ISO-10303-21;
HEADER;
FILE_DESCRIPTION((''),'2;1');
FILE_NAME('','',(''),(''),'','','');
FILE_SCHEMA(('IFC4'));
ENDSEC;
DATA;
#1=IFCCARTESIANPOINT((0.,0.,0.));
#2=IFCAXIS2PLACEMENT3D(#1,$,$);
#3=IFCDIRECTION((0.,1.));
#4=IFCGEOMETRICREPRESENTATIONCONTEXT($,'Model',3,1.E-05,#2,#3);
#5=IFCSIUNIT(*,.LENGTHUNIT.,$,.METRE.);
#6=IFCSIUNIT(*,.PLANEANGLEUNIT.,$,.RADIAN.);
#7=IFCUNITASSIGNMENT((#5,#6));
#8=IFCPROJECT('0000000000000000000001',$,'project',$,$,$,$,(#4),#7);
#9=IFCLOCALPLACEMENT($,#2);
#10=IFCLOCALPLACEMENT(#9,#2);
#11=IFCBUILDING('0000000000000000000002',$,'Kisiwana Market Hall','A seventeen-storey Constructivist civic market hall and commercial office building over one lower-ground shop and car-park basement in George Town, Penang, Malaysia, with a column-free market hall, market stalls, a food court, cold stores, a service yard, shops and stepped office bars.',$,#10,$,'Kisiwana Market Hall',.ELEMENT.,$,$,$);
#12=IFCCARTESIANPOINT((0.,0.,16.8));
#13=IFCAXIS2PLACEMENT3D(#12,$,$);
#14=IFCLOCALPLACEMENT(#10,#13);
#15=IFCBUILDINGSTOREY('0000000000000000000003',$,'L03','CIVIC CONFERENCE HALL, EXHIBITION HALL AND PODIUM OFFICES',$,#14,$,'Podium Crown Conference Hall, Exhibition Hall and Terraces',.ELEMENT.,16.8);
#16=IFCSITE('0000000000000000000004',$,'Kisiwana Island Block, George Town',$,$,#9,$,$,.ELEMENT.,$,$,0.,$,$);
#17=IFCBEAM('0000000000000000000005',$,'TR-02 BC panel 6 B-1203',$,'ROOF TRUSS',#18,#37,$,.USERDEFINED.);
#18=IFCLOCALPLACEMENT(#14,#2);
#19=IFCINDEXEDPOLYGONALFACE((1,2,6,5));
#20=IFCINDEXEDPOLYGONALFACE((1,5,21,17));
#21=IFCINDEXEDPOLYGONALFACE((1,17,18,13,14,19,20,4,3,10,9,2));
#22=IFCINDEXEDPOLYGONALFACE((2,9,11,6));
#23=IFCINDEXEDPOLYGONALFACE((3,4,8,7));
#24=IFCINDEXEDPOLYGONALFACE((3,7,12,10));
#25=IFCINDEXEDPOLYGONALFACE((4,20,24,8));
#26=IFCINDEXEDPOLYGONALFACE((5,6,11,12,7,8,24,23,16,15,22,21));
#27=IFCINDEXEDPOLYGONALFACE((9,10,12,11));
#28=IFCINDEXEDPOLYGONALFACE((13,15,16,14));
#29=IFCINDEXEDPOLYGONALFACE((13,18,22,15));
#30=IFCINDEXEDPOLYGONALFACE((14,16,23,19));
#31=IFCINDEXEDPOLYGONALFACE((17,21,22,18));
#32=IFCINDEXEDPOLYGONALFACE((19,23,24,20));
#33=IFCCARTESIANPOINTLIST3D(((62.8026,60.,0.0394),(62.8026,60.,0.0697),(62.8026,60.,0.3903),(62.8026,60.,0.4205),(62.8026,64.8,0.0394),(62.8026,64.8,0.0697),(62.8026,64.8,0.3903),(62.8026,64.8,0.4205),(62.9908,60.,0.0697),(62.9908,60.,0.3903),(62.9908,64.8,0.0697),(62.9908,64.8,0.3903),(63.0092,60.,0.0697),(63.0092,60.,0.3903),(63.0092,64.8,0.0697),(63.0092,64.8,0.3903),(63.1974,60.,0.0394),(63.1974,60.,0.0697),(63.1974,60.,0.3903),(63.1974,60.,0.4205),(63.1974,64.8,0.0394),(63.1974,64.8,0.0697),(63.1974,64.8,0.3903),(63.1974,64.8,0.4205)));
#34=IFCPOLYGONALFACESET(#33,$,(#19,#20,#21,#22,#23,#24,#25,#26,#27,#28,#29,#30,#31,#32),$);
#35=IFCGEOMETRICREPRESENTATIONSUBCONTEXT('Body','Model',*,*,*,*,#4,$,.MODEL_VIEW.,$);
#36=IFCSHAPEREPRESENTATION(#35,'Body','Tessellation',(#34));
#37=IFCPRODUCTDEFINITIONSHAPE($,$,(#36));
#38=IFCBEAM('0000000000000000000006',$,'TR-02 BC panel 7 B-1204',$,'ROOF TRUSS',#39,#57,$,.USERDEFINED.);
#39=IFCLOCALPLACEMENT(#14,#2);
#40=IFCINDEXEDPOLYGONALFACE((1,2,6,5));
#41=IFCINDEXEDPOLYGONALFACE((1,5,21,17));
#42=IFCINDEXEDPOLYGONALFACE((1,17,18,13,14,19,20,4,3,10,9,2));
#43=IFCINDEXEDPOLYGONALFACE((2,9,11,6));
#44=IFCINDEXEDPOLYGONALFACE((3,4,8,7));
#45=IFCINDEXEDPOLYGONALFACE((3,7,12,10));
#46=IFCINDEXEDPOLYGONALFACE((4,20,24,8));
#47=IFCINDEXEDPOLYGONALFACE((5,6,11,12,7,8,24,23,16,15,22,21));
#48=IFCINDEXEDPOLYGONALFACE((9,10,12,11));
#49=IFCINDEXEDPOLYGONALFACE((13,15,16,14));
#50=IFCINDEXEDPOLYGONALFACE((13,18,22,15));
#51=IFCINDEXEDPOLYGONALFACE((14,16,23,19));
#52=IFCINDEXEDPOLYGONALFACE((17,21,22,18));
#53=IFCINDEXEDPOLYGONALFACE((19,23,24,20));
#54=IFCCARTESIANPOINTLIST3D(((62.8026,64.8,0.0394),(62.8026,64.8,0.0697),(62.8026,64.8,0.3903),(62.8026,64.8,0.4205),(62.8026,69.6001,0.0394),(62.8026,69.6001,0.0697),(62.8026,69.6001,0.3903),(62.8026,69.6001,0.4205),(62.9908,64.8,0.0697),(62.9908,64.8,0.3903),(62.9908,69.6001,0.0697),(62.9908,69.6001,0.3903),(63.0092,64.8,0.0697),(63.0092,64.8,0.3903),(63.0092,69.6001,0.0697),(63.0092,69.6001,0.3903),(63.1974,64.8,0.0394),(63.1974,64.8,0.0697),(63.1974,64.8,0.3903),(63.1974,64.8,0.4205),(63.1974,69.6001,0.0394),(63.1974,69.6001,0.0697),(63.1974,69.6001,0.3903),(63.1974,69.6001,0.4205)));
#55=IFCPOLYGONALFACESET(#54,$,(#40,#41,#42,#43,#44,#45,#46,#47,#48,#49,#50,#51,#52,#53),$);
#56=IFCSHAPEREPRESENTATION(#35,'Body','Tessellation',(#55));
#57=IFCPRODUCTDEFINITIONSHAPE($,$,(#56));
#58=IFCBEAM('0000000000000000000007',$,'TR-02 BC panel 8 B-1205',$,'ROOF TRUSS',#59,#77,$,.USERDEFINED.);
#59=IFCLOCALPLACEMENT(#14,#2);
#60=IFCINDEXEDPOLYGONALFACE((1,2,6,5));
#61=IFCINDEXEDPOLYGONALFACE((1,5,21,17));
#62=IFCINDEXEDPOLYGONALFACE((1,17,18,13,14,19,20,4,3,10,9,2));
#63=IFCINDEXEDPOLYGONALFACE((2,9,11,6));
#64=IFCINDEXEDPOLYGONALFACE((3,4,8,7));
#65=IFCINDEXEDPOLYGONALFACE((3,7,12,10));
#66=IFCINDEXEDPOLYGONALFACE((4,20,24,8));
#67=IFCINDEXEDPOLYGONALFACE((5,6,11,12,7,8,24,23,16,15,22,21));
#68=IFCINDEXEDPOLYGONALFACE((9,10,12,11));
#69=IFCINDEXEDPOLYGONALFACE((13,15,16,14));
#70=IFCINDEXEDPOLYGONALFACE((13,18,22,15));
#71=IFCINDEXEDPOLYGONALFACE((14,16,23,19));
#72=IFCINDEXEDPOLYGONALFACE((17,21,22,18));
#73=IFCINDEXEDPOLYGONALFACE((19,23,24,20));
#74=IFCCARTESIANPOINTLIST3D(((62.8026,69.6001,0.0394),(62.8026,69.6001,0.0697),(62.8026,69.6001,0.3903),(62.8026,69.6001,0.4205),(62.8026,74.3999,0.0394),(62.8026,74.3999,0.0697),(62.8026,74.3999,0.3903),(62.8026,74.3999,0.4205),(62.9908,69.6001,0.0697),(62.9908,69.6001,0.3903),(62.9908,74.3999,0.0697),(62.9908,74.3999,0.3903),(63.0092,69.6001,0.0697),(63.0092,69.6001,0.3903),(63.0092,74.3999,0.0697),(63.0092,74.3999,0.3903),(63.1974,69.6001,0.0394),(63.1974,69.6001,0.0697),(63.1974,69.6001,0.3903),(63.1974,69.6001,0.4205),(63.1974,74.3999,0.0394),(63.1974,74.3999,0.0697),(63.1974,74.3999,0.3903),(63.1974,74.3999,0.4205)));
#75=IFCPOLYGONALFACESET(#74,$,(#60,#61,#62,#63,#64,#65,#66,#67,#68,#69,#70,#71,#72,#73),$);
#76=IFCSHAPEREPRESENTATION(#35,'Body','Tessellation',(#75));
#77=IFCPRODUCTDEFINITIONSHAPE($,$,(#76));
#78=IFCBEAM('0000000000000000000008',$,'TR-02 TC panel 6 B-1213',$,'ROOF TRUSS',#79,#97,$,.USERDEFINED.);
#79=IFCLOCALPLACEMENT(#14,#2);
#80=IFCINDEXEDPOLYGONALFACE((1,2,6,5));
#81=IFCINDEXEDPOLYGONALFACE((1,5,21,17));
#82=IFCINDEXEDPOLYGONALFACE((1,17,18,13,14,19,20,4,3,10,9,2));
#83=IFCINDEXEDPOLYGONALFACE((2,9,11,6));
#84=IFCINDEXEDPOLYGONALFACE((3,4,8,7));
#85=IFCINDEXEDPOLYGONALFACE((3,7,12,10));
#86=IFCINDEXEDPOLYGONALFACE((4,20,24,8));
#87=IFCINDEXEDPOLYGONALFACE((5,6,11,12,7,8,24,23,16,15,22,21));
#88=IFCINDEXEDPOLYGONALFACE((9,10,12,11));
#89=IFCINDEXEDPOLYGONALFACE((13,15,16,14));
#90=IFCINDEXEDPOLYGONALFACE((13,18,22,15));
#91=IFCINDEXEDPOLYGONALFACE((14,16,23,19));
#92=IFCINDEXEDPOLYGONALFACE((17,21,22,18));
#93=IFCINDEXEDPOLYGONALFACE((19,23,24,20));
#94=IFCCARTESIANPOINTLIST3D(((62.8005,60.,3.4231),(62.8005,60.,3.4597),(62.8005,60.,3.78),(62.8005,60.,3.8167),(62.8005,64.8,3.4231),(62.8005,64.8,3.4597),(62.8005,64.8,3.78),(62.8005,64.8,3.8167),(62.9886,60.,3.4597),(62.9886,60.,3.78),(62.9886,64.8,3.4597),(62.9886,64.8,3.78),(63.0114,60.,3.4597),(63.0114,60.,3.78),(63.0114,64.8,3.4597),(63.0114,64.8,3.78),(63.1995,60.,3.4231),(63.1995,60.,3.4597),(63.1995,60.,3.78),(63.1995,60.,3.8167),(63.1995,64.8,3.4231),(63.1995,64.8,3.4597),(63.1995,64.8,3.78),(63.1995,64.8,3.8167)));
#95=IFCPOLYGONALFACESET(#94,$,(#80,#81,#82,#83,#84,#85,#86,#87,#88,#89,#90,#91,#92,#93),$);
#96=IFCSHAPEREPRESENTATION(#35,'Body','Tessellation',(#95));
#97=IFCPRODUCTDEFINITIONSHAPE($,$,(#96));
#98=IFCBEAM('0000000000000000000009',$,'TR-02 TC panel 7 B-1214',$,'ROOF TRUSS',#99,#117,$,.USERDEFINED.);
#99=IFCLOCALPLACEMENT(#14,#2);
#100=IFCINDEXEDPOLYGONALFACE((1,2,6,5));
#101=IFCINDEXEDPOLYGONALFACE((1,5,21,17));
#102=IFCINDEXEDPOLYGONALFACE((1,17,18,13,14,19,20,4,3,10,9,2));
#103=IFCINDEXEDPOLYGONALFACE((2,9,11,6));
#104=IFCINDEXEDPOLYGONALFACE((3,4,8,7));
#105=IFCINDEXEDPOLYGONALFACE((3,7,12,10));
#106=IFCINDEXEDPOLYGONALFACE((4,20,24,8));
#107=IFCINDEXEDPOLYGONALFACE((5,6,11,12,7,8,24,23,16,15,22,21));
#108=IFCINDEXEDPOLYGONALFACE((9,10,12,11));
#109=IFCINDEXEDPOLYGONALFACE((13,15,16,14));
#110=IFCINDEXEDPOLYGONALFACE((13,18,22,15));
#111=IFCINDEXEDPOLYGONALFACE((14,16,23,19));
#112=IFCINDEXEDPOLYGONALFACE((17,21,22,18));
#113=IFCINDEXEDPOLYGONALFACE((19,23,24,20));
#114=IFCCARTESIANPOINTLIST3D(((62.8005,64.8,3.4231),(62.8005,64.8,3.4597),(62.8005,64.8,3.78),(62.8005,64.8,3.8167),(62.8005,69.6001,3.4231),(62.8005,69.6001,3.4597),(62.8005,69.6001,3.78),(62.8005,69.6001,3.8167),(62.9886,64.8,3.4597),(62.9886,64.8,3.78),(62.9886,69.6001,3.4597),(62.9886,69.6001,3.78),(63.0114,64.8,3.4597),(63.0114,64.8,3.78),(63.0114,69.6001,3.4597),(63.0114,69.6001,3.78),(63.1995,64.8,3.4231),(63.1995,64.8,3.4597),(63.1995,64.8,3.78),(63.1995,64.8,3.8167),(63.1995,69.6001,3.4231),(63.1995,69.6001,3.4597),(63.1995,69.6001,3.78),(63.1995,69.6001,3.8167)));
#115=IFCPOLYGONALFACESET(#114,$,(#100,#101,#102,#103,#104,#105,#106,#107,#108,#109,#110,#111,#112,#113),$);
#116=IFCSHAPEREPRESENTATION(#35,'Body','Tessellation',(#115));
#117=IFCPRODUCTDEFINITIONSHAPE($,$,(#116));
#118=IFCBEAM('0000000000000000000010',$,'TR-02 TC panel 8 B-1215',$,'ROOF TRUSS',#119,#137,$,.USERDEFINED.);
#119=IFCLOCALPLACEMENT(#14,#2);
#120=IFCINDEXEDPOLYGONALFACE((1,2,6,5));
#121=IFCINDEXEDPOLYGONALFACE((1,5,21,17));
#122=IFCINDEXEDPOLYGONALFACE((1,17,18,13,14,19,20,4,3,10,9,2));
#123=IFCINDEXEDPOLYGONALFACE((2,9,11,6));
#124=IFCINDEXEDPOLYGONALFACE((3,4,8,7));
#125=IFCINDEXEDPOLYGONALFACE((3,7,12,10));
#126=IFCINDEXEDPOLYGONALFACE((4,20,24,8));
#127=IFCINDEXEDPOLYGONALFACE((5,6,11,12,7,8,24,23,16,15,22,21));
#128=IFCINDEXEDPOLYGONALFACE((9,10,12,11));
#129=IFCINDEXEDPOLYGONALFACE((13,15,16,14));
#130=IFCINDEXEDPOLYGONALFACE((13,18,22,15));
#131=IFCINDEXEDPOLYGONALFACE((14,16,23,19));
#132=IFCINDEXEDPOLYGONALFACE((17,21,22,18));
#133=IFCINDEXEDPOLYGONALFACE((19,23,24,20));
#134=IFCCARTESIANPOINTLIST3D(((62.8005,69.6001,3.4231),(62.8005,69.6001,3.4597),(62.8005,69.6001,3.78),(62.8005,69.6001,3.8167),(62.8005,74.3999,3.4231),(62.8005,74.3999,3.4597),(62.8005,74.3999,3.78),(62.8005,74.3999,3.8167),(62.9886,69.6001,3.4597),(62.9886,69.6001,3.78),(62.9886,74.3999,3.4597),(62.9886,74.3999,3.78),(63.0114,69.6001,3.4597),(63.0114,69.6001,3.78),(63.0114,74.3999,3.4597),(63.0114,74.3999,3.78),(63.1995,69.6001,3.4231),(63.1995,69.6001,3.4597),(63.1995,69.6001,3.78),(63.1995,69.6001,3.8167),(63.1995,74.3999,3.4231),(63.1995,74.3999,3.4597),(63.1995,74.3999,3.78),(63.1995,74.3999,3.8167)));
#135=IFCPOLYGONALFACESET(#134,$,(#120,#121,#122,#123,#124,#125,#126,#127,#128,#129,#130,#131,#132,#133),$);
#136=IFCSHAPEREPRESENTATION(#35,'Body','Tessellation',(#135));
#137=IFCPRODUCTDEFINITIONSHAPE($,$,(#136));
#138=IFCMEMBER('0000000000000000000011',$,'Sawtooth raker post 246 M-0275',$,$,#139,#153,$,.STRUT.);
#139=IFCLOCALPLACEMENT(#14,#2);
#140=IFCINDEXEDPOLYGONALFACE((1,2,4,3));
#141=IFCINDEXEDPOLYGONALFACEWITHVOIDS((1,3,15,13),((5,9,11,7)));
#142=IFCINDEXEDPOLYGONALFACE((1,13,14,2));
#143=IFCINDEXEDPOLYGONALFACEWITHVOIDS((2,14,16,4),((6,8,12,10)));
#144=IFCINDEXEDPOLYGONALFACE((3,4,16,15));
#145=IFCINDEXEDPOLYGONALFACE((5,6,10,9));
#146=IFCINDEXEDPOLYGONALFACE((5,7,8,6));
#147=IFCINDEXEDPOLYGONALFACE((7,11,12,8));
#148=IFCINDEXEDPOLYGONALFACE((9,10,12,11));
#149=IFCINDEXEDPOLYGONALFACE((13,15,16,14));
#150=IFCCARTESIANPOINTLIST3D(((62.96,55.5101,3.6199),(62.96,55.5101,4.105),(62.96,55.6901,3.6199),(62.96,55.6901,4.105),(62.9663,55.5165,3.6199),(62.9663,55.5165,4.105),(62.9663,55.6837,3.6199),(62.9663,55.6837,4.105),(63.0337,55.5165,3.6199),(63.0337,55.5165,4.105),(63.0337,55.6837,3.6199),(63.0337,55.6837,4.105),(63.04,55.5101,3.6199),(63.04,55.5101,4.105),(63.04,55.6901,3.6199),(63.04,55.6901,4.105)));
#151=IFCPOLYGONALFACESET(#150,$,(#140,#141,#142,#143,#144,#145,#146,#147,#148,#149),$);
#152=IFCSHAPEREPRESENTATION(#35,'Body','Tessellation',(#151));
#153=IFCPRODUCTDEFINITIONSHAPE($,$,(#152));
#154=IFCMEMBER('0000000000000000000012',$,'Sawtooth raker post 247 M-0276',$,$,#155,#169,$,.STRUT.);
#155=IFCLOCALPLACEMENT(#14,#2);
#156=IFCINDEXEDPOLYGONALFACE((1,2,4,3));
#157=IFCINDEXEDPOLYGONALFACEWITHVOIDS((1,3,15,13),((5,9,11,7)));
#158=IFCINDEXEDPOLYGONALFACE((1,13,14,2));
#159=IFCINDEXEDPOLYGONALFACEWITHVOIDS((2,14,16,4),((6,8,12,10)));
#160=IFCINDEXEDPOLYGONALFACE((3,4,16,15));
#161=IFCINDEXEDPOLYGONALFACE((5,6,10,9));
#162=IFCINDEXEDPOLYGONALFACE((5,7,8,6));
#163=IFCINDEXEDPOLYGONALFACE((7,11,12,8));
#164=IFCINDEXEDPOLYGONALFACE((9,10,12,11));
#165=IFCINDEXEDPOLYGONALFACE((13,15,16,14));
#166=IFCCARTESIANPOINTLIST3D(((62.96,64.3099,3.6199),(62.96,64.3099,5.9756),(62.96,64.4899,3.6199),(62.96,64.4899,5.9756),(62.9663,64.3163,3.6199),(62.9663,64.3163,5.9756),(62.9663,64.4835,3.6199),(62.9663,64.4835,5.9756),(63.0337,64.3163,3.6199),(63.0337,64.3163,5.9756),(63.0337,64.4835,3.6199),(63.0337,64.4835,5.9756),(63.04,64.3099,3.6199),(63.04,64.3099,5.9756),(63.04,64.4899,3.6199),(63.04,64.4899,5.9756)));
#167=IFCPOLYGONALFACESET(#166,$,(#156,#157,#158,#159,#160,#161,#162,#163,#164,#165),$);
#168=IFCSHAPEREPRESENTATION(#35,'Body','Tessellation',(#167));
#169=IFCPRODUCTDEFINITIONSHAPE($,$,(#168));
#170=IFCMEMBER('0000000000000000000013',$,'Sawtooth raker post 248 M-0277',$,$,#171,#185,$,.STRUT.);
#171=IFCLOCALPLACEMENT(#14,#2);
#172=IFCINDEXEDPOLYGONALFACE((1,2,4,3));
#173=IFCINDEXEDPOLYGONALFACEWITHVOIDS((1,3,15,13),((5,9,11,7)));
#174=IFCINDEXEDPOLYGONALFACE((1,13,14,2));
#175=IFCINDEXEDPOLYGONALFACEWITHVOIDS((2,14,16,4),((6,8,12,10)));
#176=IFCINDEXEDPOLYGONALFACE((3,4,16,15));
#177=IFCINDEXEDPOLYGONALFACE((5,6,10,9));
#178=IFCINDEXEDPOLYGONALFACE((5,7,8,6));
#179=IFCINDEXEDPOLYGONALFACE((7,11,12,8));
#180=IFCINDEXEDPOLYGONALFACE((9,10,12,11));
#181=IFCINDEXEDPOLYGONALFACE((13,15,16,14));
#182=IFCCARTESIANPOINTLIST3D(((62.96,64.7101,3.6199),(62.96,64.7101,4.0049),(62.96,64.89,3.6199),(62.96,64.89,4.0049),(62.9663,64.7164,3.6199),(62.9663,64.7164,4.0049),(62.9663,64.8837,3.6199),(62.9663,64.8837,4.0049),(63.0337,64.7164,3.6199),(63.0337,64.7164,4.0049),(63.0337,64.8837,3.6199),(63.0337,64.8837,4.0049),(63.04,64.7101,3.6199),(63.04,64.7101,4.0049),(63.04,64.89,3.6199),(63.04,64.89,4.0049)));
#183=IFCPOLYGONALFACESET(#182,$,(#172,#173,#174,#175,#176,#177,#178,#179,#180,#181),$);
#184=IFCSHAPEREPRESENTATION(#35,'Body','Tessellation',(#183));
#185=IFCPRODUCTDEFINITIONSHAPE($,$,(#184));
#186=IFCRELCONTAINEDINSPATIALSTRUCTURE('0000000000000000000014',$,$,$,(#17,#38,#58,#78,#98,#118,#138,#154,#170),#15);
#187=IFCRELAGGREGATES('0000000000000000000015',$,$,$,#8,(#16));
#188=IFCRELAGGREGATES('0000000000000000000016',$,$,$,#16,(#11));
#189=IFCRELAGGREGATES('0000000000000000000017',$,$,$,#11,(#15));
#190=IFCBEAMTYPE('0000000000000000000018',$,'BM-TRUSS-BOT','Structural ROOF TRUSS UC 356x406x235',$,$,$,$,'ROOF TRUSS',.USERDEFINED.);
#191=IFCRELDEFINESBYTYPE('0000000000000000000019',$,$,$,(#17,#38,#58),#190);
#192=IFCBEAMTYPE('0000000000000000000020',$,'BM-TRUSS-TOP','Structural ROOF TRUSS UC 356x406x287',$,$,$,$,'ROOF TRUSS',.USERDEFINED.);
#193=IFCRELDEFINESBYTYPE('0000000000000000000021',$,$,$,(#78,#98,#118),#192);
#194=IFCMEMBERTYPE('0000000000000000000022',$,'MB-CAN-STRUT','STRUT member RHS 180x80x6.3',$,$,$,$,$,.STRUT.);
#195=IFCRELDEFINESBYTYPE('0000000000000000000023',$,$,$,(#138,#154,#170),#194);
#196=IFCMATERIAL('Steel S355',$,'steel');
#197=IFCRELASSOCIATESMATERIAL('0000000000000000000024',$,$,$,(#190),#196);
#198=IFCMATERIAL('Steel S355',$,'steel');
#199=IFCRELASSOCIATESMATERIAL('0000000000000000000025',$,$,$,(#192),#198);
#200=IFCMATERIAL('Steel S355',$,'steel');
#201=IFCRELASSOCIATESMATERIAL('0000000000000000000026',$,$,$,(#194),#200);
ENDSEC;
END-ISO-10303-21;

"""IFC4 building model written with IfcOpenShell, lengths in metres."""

from ifc_helpers import new_model, si_unit, direction, frame, origin, origin_2d, place, context, subcontext, project, spatial, hollow_rectangle, i_section, extrude, material, material_profile, profile_set, type_object, element, save


model = new_model("IFC4")

# Units and contexts
model_context = context("Model", 3, precision=1e-05, world=origin(), true_north=direction((0.0, 1.0)))
body_context = subcontext(model_context, "Body", "Model", "MODEL_VIEW")
ifc_project = project(units=[si_unit("LENGTHUNIT", "METRE"), si_unit("PLANEANGLEUNIT", "RADIAN")], contexts=[model_context])

# Site, building, storey
site_placement = place(None, origin())
site = spatial("IfcSite", under=ifc_project, at=site_placement, Name="Kisiwana Island Block, George Town", CompositionType="ELEMENT", RefElevation=0.0)
building_placement = place(site_placement, origin())
building = spatial("IfcBuilding", under=site, at=building_placement, Name="Kisiwana Market Hall", Description="A seventeen-storey Constructivist civic market hall and commercial office building over one lower-ground shop and car-park basement in George Town, Penang, Malaysia, with a column-free market hall, market stalls, a food court, cold stores, a service yard, shops and stepped office bars.", LongName="Kisiwana Market Hall", CompositionType="ELEMENT")
storey_placement = place(building_placement, frame((0.0, 0.0, 16.8)))
storey = spatial("IfcBuildingStorey", under=building, at=storey_placement, Name="L03", Description="CIVIC CONFERENCE HALL, EXHIBITION HALL AND PODIUM OFFICES", LongName="Podium Crown Conference Hall, Exhibition Hall and Terraces", CompositionType="ELEMENT", Elevation=16.8)

# Beams
ifc_material_1 = material(Name="Steel S355", Category="steel")
ifc_material_profile_1 = material_profile(ifc_material_1, i_section(OverallWidth=0.3948, OverallDepth=0.3811, WebThickness=0.0183, FlangeThickness=0.0303, at=origin_2d()), Name="UC 356x406x235")
ifc_profile_set_1 = profile_set([ifc_material_profile_1], Name="Steel S355")
beam_type_1 = type_object("IfcBeamType", Name="BM-TRUSS-BOT", Description="Structural ROOF TRUSS UC 356x406x235", ElementType="ROOF TRUSS", PredefinedType="USERDEFINED", material=ifc_profile_set_1)
for number, where, z_axis, x_axis, name in (
    (1, (63.0, 60.0, 0.23), (0.0, 1.0, 0.0), (-1.0, 0.0, 0.0), "TR-02 BC panel 6 B-1203"),
    (2, (63.0, 64.8, 0.23), (0.0, 1.0, 0.0), (-1.0, 0.0, 0.0), "TR-02 BC panel 7 B-1204"),
):
    element("IfcBeam", number, at=place(storey_placement, frame(where, z_axis=z_axis, x_axis=x_axis)), inside=storey, type_object=beam_type_1, Name=name, ObjectType="ROOF TRUSS", PredefinedType="USERDEFINED", context=body_context, shape_type="SweptSolid", body=[
        extrude(i_section(OverallWidth=0.3948, OverallDepth=0.3811, WebThickness=0.0183, FlangeThickness=0.0303, at=origin_2d()), origin(), (0.0, 0.0, 1.0), 4.8),
    ])
beam_1_placement = place(storey_placement, frame((63.0, 69.6001, 0.23), z_axis=(0.0, 1.0, 0.0), x_axis=(-1.0, 0.0, 0.0)))
element("IfcBeam", 3, at=beam_1_placement, inside=storey, type_object=beam_type_1, Name="TR-02 BC panel 8 B-1205", ObjectType="ROOF TRUSS", PredefinedType="USERDEFINED", context=body_context, shape_type="SweptSolid", body=[
    extrude(i_section(OverallWidth=0.3948, OverallDepth=0.3811, WebThickness=0.0183, FlangeThickness=0.0303, at=origin_2d()), origin(), (0.0, 0.0, 1.0), 4.7998),
])
ifc_material_2 = material(Name="Steel S355", Category="steel")
ifc_material_profile_2 = material_profile(ifc_material_2, i_section(OverallWidth=0.3989, OverallDepth=0.3936, WebThickness=0.0227, FlangeThickness=0.0366, at=origin_2d()), Name="UC 356x406x287")
ifc_profile_set_2 = profile_set([ifc_material_profile_2], Name="Steel S355")
beam_type_2 = type_object("IfcBeamType", Name="BM-TRUSS-TOP", Description="Structural ROOF TRUSS UC 356x406x287", ElementType="ROOF TRUSS", PredefinedType="USERDEFINED", material=ifc_profile_set_2)
for number, where, z_axis, x_axis, name in (
    (4, (63.0, 60.0, 3.6199), (0.0, 1.0, 0.0), (-1.0, 0.0, 0.0), "TR-02 TC panel 6 B-1213"),
    (5, (63.0, 64.8, 3.6199), (0.0, 1.0, 0.0), (-1.0, 0.0, 0.0), "TR-02 TC panel 7 B-1214"),
):
    element("IfcBeam", number, at=place(storey_placement, frame(where, z_axis=z_axis, x_axis=x_axis)), inside=storey, type_object=beam_type_2, Name=name, ObjectType="ROOF TRUSS", PredefinedType="USERDEFINED", context=body_context, shape_type="SweptSolid", body=[
        extrude(i_section(OverallWidth=0.3989, OverallDepth=0.3936, WebThickness=0.0227, FlangeThickness=0.0366, at=origin_2d()), origin(), (0.0, 0.0, 1.0), 4.8),
    ])
beam_2_placement = place(storey_placement, frame((63.0, 69.6001, 3.6199), z_axis=(0.0, 1.0, 0.0), x_axis=(-1.0, 0.0, 0.0)))
element("IfcBeam", 6, at=beam_2_placement, inside=storey, type_object=beam_type_2, Name="TR-02 TC panel 8 B-1215", ObjectType="ROOF TRUSS", PredefinedType="USERDEFINED", context=body_context, shape_type="SweptSolid", body=[
    extrude(i_section(OverallWidth=0.3989, OverallDepth=0.3936, WebThickness=0.0227, FlangeThickness=0.0366, at=origin_2d()), origin(), (0.0, 0.0, 1.0), 4.7998),
])

# Members
ifc_material_3 = material(Name="Steel S355", Category="steel")
ifc_material_profile_3 = material_profile(ifc_material_3, hollow_rectangle(XDim=0.0801, YDim=0.1799, WallThickness=0.0063, at=origin_2d()), Name="RHS 180x80x6.3")
ifc_profile_set_3 = profile_set([ifc_material_profile_3], Name="Steel S355")
member_type_1 = type_object("IfcMemberType", Name="MB-CAN-STRUT", Description="STRUT member RHS 180x80x6.3", PredefinedType="STRUT", material=ifc_profile_set_3)
member_1_placement = place(storey_placement, frame((63.0, 55.6001, 3.6199), z_axis=(0.0, 0.0, 1.0), x_axis=(1.0, 0.0, 0.0)))
element("IfcMember", 7, at=member_1_placement, inside=storey, type_object=member_type_1, Name="Sawtooth raker post 246 M-0275", PredefinedType="STRUT", context=body_context, shape_type="SweptSolid", body=[
    extrude(hollow_rectangle(XDim=0.0801, YDim=0.1799, WallThickness=0.0063, at=origin_2d()), origin(), (0.0, 0.0, 1.0), 0.4851),
])
member_2_placement = place(storey_placement, frame((63.0, 64.3999, 3.6199), z_axis=(0.0, 0.0, 1.0), x_axis=(1.0, 0.0, 0.0)))
element("IfcMember", 8, at=member_2_placement, inside=storey, type_object=member_type_1, Name="Sawtooth raker post 247 M-0276", PredefinedType="STRUT", context=body_context, shape_type="SweptSolid", body=[
    extrude(hollow_rectangle(XDim=0.0801, YDim=0.1799, WallThickness=0.0063, at=origin_2d()), origin(), (0.0, 0.0, 1.0), 2.3557),
])
member_3_placement = place(storey_placement, frame((63.0, 64.8, 3.6199), z_axis=(0.0, 0.0, 1.0), x_axis=(1.0, 0.0, 0.0)))
element("IfcMember", 9, at=member_3_placement, inside=storey, type_object=member_type_1, Name="Sawtooth raker post 248 M-0277", PredefinedType="STRUT", context=body_context, shape_type="SweptSolid", body=[
    extrude(hollow_rectangle(XDim=0.0801, YDim=0.1799, WallThickness=0.0063, at=origin_2d()), origin(), (0.0, 0.0, 1.0), 0.385),
])

save(model, "model.ifc")
